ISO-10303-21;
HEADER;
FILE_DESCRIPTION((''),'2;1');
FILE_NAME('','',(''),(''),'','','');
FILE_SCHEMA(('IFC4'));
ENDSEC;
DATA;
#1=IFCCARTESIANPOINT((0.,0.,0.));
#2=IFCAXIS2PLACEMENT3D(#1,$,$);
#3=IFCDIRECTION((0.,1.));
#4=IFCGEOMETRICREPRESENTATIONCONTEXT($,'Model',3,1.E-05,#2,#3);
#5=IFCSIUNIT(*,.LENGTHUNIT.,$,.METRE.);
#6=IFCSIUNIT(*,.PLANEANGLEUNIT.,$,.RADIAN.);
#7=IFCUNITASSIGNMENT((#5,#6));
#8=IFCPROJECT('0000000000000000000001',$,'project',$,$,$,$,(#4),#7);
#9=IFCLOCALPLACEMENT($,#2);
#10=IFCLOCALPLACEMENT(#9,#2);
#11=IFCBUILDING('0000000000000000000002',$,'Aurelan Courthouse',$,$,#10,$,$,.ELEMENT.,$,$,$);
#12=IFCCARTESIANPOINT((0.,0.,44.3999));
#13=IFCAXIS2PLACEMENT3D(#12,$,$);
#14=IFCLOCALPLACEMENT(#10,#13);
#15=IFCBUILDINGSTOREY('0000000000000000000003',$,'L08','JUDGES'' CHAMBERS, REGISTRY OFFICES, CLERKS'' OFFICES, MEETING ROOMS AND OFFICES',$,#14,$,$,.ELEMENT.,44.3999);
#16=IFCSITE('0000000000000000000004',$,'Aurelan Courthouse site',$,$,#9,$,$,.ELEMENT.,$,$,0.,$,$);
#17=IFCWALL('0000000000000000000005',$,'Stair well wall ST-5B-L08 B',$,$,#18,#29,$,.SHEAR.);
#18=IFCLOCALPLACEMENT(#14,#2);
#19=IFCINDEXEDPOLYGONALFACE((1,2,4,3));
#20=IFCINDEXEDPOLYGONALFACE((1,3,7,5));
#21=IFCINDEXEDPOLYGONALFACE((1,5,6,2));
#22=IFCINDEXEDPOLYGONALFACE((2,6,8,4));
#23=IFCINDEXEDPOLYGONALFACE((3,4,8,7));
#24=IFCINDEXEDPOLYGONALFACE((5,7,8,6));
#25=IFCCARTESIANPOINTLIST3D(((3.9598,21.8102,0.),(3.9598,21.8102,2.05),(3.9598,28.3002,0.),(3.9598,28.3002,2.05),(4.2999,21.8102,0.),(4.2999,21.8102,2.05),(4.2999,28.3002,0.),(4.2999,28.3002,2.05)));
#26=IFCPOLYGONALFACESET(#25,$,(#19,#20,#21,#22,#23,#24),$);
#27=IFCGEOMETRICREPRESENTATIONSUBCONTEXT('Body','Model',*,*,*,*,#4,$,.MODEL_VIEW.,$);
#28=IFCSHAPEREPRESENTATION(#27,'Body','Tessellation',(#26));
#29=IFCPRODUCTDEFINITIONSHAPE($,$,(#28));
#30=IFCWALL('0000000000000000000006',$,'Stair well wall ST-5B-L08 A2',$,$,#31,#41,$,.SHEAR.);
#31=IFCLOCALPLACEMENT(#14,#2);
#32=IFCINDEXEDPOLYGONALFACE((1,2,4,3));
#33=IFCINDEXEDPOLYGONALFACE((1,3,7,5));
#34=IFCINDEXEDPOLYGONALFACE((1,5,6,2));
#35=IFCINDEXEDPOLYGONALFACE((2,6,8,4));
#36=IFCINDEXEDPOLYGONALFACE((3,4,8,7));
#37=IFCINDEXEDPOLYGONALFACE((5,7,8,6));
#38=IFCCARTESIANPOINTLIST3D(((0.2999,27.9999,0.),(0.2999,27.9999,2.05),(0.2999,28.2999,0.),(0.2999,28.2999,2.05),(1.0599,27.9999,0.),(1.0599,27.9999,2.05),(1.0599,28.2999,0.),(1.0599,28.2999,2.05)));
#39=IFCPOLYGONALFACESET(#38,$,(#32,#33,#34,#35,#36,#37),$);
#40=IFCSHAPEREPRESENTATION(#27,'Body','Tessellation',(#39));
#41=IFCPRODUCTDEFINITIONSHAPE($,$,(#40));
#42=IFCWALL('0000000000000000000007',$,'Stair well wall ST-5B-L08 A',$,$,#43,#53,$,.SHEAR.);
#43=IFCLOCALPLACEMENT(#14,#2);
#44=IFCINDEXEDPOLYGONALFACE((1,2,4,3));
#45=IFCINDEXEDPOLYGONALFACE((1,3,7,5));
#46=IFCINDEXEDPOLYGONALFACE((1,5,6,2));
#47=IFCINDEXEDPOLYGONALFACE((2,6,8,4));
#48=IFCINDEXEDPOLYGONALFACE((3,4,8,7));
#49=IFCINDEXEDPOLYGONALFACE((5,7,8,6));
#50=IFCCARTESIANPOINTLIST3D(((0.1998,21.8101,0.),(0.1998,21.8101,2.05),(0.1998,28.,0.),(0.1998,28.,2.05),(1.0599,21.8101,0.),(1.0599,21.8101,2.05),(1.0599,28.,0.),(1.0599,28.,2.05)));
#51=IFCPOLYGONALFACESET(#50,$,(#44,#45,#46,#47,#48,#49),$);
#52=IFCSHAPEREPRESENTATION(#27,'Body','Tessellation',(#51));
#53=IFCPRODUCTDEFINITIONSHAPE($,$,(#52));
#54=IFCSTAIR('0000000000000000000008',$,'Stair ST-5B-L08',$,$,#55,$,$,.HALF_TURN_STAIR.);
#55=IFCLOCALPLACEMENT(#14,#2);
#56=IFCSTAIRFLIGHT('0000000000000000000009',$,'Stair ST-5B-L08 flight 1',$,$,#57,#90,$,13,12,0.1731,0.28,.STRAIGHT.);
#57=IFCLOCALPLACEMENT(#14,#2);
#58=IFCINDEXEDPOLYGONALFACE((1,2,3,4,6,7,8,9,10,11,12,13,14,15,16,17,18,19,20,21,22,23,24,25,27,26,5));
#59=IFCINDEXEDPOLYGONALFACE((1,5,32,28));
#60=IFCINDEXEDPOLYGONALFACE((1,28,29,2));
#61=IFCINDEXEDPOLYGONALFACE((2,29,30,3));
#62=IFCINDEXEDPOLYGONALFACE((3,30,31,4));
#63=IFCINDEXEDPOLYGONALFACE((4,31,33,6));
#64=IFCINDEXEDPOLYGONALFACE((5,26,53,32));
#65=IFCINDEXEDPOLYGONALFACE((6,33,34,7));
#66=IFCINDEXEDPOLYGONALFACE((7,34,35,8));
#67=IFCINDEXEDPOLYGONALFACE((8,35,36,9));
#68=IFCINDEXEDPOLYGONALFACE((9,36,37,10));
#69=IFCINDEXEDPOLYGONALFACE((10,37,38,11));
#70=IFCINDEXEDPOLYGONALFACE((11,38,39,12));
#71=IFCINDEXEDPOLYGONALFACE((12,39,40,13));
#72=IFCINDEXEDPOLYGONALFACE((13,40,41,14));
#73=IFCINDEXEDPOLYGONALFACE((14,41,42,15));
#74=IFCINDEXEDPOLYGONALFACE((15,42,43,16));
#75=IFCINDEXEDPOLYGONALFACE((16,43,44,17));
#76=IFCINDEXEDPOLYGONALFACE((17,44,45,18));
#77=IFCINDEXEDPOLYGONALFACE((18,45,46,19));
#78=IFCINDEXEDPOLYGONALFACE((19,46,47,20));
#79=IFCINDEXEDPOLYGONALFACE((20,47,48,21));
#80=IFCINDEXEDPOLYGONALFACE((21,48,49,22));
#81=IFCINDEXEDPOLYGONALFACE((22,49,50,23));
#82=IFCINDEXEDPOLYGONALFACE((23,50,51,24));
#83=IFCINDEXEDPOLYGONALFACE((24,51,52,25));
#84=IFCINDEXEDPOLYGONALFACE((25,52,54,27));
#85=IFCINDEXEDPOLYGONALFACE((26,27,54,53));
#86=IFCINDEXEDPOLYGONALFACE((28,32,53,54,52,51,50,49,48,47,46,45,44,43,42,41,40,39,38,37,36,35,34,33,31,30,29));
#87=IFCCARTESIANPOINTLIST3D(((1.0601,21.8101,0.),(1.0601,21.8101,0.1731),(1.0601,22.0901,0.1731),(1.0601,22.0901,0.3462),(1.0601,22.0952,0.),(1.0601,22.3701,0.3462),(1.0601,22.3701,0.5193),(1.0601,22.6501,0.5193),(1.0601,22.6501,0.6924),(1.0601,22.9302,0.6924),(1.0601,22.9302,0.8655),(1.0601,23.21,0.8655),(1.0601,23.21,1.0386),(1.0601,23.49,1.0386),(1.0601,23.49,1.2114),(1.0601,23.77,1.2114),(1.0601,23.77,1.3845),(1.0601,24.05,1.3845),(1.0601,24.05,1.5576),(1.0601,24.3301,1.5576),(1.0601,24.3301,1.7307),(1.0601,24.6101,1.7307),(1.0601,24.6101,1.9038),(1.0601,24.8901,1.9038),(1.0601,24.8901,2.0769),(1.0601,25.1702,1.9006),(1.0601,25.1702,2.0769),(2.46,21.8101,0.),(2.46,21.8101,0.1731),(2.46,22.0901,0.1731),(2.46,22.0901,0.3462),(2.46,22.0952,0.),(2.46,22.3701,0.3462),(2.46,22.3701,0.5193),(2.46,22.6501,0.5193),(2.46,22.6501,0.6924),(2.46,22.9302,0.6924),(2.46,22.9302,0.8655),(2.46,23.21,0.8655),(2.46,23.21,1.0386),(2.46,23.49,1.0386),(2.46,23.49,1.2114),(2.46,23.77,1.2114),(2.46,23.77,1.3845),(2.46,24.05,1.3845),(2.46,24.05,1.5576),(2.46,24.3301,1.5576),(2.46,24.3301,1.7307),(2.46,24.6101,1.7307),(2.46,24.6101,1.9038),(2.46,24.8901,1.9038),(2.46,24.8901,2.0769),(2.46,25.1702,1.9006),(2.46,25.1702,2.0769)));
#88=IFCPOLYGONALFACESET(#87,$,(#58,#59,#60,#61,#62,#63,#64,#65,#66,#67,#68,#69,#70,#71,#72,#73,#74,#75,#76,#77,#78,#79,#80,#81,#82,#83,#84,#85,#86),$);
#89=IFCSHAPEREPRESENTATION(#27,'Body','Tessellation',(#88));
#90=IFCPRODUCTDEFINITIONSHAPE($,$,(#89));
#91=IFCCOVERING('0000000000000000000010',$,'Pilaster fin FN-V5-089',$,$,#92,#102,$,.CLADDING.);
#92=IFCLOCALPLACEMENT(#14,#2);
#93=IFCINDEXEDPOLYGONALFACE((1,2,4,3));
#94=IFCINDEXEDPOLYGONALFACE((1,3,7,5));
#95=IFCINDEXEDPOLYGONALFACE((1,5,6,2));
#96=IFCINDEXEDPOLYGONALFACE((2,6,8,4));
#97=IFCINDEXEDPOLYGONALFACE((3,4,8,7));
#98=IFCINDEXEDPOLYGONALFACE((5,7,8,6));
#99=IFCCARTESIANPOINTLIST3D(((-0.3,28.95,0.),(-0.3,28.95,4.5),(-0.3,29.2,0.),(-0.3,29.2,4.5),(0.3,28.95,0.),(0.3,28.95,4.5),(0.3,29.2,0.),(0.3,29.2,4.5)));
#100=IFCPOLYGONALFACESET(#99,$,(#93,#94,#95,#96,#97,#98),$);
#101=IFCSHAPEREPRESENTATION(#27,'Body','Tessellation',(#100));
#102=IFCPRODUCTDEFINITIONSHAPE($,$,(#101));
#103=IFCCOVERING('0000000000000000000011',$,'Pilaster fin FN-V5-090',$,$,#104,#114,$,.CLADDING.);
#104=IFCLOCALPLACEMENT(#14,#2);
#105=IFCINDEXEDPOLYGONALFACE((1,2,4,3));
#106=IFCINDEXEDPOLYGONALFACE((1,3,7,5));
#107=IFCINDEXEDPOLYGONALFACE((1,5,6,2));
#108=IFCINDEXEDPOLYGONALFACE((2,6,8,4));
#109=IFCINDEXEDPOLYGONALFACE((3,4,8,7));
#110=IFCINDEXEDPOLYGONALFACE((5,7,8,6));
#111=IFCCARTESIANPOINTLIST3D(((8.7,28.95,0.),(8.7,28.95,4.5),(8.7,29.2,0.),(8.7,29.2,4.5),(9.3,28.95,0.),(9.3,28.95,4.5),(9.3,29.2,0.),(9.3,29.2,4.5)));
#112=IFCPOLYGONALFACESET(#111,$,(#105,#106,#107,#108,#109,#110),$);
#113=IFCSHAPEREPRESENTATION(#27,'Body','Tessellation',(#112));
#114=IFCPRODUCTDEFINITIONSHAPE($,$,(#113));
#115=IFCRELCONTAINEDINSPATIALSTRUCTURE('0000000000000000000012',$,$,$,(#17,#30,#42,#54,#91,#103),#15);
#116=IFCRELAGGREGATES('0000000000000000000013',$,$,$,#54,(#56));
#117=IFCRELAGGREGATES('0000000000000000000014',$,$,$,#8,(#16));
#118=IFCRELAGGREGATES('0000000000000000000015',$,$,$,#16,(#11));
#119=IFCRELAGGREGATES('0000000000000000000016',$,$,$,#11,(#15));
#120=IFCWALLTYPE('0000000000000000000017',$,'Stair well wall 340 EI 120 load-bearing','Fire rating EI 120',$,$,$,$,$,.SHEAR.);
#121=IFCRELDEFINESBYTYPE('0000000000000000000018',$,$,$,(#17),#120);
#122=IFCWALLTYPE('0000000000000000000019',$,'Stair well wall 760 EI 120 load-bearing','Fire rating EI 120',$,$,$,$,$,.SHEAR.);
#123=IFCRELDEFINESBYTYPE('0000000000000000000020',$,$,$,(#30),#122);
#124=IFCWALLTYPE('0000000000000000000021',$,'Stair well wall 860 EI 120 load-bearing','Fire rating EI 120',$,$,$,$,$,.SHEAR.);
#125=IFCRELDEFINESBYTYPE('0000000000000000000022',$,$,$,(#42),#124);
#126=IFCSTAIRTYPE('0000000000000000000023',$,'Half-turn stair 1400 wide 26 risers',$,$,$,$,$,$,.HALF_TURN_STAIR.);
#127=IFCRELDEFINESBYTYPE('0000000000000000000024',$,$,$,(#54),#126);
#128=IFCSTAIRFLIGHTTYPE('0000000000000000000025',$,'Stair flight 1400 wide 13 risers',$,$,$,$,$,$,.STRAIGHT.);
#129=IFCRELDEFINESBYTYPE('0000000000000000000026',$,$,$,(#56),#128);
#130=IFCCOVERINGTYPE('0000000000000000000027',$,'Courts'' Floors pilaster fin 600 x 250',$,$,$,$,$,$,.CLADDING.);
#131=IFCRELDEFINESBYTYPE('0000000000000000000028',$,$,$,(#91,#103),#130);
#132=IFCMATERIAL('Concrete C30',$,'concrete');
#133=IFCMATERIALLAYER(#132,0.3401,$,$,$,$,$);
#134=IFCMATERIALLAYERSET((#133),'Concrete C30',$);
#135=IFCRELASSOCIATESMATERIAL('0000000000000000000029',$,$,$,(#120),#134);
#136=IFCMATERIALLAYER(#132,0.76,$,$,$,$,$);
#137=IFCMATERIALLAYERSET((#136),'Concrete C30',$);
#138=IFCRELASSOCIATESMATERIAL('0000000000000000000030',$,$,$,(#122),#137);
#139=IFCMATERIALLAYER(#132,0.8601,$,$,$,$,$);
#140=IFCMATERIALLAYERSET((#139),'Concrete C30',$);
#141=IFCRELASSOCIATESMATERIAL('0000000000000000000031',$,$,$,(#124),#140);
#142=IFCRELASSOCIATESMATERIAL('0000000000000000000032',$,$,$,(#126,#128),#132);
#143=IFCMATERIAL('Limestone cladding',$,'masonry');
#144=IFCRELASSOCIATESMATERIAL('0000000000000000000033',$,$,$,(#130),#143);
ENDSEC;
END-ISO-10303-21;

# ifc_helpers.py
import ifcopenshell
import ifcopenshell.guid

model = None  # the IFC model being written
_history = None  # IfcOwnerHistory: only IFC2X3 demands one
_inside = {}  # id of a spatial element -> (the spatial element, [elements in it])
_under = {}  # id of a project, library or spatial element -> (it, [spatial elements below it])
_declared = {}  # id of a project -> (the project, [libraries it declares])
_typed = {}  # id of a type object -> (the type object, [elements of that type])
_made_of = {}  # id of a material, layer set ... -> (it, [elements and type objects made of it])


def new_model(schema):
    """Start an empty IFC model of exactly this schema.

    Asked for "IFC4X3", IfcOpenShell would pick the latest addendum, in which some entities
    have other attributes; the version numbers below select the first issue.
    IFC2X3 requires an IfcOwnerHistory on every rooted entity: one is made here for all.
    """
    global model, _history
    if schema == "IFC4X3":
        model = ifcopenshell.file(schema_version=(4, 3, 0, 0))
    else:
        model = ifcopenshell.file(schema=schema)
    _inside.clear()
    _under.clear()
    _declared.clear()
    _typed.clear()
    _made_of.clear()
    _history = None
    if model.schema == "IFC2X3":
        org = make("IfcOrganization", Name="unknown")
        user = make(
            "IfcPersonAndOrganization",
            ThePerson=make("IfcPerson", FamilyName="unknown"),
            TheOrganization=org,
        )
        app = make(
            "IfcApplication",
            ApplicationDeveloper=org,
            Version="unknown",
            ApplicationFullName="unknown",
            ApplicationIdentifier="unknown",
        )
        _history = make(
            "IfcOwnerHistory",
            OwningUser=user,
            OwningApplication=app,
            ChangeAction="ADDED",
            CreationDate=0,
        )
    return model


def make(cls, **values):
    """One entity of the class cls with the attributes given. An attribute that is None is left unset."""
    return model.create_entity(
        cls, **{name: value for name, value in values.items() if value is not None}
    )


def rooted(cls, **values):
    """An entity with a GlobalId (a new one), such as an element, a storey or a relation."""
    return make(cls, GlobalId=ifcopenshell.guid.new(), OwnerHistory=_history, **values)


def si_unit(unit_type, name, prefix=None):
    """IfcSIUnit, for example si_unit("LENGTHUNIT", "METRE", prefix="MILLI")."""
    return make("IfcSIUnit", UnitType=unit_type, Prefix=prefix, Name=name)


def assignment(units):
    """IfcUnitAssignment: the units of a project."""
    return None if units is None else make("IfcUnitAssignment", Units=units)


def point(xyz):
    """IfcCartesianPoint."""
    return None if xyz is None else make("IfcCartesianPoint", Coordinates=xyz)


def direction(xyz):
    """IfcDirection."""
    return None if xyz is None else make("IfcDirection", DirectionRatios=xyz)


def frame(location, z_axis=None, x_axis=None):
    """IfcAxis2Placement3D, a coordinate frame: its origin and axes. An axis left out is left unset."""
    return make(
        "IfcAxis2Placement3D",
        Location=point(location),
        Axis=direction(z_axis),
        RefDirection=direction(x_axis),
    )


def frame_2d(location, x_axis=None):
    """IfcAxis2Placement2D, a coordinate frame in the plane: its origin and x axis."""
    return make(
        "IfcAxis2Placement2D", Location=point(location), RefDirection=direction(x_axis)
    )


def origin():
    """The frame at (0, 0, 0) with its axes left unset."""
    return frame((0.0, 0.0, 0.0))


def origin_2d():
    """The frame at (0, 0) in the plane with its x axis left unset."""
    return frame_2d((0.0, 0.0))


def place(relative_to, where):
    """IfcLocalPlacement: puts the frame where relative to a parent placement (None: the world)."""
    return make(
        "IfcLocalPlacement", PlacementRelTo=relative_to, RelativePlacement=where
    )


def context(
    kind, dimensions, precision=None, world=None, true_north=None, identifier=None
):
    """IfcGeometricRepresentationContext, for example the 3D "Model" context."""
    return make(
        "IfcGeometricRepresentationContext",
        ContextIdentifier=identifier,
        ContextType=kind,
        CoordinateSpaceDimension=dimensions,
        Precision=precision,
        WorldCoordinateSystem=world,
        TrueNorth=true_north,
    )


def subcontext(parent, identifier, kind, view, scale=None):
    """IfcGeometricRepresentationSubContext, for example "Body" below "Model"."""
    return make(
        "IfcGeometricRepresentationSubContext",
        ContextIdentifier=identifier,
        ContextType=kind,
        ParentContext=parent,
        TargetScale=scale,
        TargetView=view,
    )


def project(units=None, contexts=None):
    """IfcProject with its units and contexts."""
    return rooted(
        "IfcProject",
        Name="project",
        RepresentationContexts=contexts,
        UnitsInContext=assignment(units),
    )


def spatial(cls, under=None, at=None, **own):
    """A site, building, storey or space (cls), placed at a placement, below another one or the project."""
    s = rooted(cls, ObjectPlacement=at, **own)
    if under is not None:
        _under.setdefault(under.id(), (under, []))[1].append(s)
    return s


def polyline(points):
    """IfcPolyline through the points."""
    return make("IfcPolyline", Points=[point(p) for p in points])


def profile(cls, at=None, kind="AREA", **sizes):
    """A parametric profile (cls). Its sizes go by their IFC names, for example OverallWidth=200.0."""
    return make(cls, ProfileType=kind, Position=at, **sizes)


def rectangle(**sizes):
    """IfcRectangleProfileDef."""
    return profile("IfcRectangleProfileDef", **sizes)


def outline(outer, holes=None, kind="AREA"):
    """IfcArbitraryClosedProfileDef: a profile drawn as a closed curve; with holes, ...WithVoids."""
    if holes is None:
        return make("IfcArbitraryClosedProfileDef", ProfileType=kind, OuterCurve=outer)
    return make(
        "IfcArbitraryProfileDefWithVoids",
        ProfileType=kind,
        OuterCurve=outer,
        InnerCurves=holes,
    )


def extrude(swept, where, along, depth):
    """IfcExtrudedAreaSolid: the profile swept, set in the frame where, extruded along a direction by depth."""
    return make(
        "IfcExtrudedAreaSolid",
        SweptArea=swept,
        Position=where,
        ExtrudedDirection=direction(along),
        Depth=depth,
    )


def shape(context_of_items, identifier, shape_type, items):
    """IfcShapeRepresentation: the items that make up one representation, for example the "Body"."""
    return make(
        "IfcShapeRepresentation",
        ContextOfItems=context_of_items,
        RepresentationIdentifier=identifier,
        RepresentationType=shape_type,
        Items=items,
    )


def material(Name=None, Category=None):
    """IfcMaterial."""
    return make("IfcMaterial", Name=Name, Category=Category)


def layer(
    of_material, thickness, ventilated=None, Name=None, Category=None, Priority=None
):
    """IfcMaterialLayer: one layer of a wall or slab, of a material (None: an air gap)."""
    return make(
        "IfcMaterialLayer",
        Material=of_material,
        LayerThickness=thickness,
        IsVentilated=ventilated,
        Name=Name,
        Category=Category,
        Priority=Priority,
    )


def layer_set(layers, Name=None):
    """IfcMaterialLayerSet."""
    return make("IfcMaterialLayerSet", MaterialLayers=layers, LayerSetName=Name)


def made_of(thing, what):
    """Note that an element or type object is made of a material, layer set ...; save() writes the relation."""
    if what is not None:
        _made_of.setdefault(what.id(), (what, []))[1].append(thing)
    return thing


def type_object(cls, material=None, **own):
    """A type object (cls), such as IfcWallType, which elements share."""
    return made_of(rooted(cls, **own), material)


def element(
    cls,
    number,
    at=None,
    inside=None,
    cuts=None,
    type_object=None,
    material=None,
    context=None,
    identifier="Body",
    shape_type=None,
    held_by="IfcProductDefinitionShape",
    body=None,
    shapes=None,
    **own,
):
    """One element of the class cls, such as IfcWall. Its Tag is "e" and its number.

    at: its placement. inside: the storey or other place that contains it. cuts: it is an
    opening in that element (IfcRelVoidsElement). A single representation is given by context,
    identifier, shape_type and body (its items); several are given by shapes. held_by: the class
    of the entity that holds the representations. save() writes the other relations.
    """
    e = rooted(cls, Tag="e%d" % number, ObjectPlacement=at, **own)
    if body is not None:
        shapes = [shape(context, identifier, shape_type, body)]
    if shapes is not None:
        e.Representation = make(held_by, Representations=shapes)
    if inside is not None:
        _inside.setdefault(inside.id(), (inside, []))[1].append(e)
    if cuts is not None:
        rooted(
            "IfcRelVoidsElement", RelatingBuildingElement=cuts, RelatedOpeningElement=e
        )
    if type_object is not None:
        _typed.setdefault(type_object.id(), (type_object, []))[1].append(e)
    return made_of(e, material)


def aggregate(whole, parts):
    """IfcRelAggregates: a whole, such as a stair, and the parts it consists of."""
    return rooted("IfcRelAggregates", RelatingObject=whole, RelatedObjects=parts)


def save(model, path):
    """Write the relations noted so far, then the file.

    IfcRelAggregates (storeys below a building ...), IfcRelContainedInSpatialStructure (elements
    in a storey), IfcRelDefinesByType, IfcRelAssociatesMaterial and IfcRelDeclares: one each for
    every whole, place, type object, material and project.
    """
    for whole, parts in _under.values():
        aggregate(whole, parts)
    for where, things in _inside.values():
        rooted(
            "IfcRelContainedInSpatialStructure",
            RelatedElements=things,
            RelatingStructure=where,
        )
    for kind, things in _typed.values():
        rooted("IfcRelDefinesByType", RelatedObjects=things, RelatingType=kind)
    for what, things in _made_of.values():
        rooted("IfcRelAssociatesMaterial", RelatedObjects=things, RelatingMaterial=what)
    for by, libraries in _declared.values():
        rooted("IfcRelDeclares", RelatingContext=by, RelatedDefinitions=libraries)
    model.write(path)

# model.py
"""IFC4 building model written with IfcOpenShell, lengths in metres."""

from ifc_helpers import new_model, si_unit, direction, frame, frame_2d, origin, origin_2d, place, context, subcontext, project, spatial, polyline, rectangle, outline, extrude, material, layer, layer_set, type_object, element, aggregate, save


model = new_model("IFC4")

# Units and contexts
model_context = context("Model", 3, precision=1e-05, world=origin(), true_north=direction((0.0, 1.0)))
body_context = subcontext(model_context, "Body", "Model", "MODEL_VIEW")
ifc_project = project(units=[si_unit("LENGTHUNIT", "METRE"), si_unit("PLANEANGLEUNIT", "RADIAN")], contexts=[model_context])

# Site, building, storey
site_placement = place(None, origin())
site = spatial("IfcSite", under=ifc_project, at=site_placement, Name="Aurelan Courthouse site", CompositionType="ELEMENT", RefElevation=0.0)
building_placement = place(site_placement, origin())
building = spatial("IfcBuilding", under=site, at=building_placement, Name="Aurelan Courthouse", CompositionType="ELEMENT")
storey_placement = place(building_placement, frame((0.0, 0.0, 44.3999)))
storey = spatial("IfcBuildingStorey", under=building, at=storey_placement, Name="L08", Description="JUDGES' CHAMBERS, REGISTRY OFFICES, CLERKS' OFFICES, MEETING ROOMS AND OFFICES", CompositionType="ELEMENT", Elevation=44.3999)

# Shared definitions
ifc_material_1 = material(Name="Limestone cladding", Category="masonry")
ifc_material_2 = material(Name="Concrete C30", Category="concrete")

# Walls
ifc_layer_1 = layer(ifc_material_2, 0.3401)
ifc_layer_set_1 = layer_set([ifc_layer_1], Name="Concrete C30")
wall_type_1 = type_object("IfcWallType", Name="Stair well wall 340 EI 120 load-bearing", Description="Fire rating EI 120", PredefinedType="SHEAR", material=ifc_layer_set_1)
wall_1_placement = place(storey_placement, frame((4.1299, 21.8101, 0.0), z_axis=(0.0, 0.0, 1.0), x_axis=(0.0, 1.0, 0.0)))
element("IfcWall", 1, at=wall_1_placement, inside=storey, type_object=wall_type_1, Name="Stair well wall ST-5B-L08 B", PredefinedType="SHEAR", context=body_context, shape_type="SweptSolid", body=[
    extrude(rectangle(XDim=6.49, YDim=0.3401, at=frame_2d((3.2451, 0.0))), origin(), (0.0, 0.0, 1.0), 2.05),
])
ifc_layer_2 = layer(ifc_material_2, 0.76)
ifc_layer_set_2 = layer_set([ifc_layer_2], Name="Concrete C30")
wall_type_2 = type_object("IfcWallType", Name="Stair well wall 760 EI 120 load-bearing", Description="Fire rating EI 120", PredefinedType="SHEAR", material=ifc_layer_set_2)
wall_2_placement = place(storey_placement, frame((0.6799, 28.0, 0.0), z_axis=(0.0, 0.0, 1.0), x_axis=(0.0, 1.0, 0.0)))
element("IfcWall", 2, at=wall_2_placement, inside=storey, type_object=wall_type_2, Name="Stair well wall ST-5B-L08 A2", PredefinedType="SHEAR", context=body_context, shape_type="SweptSolid", body=[
    extrude(rectangle(XDim=0.3, YDim=0.76, at=frame_2d((0.1499, 0.0))), origin(), (0.0, 0.0, 1.0), 2.05),
])
ifc_layer_3 = layer(ifc_material_2, 0.8601)
ifc_layer_set_3 = layer_set([ifc_layer_3], Name="Concrete C30")
wall_type_3 = type_object("IfcWallType", Name="Stair well wall 860 EI 120 load-bearing", Description="Fire rating EI 120", PredefinedType="SHEAR", material=ifc_layer_set_3)
wall_3_placement = place(storey_placement, frame((0.6299, 21.8101, 0.0), z_axis=(0.0, 0.0, 1.0), x_axis=(0.0, 1.0, 0.0)))
element("IfcWall", 3, at=wall_3_placement, inside=storey, type_object=wall_type_3, Name="Stair well wall ST-5B-L08 A", PredefinedType="SHEAR", context=body_context, shape_type="SweptSolid", body=[
    extrude(rectangle(XDim=6.1899, YDim=0.8601, at=frame_2d((3.095, 0.0))), origin(), (0.0, 0.0, 1.0), 2.05),
])

# Stair, stair flight
stair_type = type_object("IfcStairType", Name="Half-turn stair 1400 wide 26 risers", PredefinedType="HALF_TURN_STAIR", material=ifc_material_2)
stair_placement = place(storey_placement, origin())
stair = element("IfcStair", 4, at=stair_placement, inside=storey, type_object=stair_type, Name="Stair ST-5B-L08", PredefinedType="HALF_TURN_STAIR")
stair_flight_type = type_object("IfcStairFlightType", Name="Stair flight 1400 wide 13 risers", PredefinedType="STRAIGHT", material=ifc_material_2)
stair_flight_placement = place(storey_placement, frame((1.76, 21.8101, 0.0), z_axis=(0.0, 0.0, 1.0), x_axis=(0.0, 1.0, 0.0)))
stair_flight = element("IfcStairFlight", 5, at=stair_flight_placement, type_object=stair_flight_type, Name="Stair ST-5B-L08 flight 1", NumberOfRisers=13, NumberOfTreads=12, PredefinedType="STRAIGHT", RiserHeight=0.1731, TreadLength=0.28, context=body_context, shape_type="SweptSolid", body=[
    extrude(outline(polyline([(0.0, 0.0), (0.0, 0.1731), (0.28, 0.1731), (0.28, 0.3462), (0.5601, 0.3462), (0.5601, 0.5193), (0.8401, 0.5193), (0.8401, 0.6924), (1.1201, 0.6924), (1.1201, 0.8655), (1.3999, 0.8655), (1.3999, 1.0386), (1.6799, 1.0386), (1.6799, 1.2114), (1.96, 1.2114), (1.96, 1.3845), (2.24, 1.3845), (2.24, 1.5576), (2.52, 1.5576), (2.52, 1.7307), (2.8, 1.7307), (2.8, 1.9038), (3.0801, 1.9038), (3.0801, 2.0769), (3.3601, 2.0769), (3.3601, 2.25), (3.3601, 1.9006), (0.2852, 0.0), (0.0, 0.0)])), frame((0.0, 0.7, 0.0), z_axis=(0.0, -1.0, 0.0), x_axis=(1.0, 0.0, 0.0)), (0.0, 0.0, 1.0), 1.3999),
])
aggregate(stair, [stair_flight])

# Coverings
covering_type = type_object("IfcCoveringType", Name="Courts' Floors pilaster fin 600 x 250", PredefinedType="CLADDING", material=ifc_material_1)
for number, where, z_axis, x_axis, name in (
    (6, (0.0, 29.075, 0.0), (0.0, 0.0, 1.0), (1.0, 0.0, 0.0), "Pilaster fin FN-V5-089"),
    (7, (9.0, 29.075, 0.0), (0.0, 0.0, 1.0), (1.0, 0.0, 0.0), "Pilaster fin FN-V5-090"),
):
    element("IfcCovering", number, at=place(storey_placement, frame(where, z_axis=z_axis, x_axis=x_axis)), inside=storey, type_object=covering_type, Name=name, PredefinedType="CLADDING", context=body_context, shape_type="SweptSolid", body=[
        extrude(rectangle(XDim=0.6001, YDim=0.25, at=origin_2d()), origin(), (0.0, 0.0, 1.0), 4.5),
    ])

save(model, "model.ifc")
